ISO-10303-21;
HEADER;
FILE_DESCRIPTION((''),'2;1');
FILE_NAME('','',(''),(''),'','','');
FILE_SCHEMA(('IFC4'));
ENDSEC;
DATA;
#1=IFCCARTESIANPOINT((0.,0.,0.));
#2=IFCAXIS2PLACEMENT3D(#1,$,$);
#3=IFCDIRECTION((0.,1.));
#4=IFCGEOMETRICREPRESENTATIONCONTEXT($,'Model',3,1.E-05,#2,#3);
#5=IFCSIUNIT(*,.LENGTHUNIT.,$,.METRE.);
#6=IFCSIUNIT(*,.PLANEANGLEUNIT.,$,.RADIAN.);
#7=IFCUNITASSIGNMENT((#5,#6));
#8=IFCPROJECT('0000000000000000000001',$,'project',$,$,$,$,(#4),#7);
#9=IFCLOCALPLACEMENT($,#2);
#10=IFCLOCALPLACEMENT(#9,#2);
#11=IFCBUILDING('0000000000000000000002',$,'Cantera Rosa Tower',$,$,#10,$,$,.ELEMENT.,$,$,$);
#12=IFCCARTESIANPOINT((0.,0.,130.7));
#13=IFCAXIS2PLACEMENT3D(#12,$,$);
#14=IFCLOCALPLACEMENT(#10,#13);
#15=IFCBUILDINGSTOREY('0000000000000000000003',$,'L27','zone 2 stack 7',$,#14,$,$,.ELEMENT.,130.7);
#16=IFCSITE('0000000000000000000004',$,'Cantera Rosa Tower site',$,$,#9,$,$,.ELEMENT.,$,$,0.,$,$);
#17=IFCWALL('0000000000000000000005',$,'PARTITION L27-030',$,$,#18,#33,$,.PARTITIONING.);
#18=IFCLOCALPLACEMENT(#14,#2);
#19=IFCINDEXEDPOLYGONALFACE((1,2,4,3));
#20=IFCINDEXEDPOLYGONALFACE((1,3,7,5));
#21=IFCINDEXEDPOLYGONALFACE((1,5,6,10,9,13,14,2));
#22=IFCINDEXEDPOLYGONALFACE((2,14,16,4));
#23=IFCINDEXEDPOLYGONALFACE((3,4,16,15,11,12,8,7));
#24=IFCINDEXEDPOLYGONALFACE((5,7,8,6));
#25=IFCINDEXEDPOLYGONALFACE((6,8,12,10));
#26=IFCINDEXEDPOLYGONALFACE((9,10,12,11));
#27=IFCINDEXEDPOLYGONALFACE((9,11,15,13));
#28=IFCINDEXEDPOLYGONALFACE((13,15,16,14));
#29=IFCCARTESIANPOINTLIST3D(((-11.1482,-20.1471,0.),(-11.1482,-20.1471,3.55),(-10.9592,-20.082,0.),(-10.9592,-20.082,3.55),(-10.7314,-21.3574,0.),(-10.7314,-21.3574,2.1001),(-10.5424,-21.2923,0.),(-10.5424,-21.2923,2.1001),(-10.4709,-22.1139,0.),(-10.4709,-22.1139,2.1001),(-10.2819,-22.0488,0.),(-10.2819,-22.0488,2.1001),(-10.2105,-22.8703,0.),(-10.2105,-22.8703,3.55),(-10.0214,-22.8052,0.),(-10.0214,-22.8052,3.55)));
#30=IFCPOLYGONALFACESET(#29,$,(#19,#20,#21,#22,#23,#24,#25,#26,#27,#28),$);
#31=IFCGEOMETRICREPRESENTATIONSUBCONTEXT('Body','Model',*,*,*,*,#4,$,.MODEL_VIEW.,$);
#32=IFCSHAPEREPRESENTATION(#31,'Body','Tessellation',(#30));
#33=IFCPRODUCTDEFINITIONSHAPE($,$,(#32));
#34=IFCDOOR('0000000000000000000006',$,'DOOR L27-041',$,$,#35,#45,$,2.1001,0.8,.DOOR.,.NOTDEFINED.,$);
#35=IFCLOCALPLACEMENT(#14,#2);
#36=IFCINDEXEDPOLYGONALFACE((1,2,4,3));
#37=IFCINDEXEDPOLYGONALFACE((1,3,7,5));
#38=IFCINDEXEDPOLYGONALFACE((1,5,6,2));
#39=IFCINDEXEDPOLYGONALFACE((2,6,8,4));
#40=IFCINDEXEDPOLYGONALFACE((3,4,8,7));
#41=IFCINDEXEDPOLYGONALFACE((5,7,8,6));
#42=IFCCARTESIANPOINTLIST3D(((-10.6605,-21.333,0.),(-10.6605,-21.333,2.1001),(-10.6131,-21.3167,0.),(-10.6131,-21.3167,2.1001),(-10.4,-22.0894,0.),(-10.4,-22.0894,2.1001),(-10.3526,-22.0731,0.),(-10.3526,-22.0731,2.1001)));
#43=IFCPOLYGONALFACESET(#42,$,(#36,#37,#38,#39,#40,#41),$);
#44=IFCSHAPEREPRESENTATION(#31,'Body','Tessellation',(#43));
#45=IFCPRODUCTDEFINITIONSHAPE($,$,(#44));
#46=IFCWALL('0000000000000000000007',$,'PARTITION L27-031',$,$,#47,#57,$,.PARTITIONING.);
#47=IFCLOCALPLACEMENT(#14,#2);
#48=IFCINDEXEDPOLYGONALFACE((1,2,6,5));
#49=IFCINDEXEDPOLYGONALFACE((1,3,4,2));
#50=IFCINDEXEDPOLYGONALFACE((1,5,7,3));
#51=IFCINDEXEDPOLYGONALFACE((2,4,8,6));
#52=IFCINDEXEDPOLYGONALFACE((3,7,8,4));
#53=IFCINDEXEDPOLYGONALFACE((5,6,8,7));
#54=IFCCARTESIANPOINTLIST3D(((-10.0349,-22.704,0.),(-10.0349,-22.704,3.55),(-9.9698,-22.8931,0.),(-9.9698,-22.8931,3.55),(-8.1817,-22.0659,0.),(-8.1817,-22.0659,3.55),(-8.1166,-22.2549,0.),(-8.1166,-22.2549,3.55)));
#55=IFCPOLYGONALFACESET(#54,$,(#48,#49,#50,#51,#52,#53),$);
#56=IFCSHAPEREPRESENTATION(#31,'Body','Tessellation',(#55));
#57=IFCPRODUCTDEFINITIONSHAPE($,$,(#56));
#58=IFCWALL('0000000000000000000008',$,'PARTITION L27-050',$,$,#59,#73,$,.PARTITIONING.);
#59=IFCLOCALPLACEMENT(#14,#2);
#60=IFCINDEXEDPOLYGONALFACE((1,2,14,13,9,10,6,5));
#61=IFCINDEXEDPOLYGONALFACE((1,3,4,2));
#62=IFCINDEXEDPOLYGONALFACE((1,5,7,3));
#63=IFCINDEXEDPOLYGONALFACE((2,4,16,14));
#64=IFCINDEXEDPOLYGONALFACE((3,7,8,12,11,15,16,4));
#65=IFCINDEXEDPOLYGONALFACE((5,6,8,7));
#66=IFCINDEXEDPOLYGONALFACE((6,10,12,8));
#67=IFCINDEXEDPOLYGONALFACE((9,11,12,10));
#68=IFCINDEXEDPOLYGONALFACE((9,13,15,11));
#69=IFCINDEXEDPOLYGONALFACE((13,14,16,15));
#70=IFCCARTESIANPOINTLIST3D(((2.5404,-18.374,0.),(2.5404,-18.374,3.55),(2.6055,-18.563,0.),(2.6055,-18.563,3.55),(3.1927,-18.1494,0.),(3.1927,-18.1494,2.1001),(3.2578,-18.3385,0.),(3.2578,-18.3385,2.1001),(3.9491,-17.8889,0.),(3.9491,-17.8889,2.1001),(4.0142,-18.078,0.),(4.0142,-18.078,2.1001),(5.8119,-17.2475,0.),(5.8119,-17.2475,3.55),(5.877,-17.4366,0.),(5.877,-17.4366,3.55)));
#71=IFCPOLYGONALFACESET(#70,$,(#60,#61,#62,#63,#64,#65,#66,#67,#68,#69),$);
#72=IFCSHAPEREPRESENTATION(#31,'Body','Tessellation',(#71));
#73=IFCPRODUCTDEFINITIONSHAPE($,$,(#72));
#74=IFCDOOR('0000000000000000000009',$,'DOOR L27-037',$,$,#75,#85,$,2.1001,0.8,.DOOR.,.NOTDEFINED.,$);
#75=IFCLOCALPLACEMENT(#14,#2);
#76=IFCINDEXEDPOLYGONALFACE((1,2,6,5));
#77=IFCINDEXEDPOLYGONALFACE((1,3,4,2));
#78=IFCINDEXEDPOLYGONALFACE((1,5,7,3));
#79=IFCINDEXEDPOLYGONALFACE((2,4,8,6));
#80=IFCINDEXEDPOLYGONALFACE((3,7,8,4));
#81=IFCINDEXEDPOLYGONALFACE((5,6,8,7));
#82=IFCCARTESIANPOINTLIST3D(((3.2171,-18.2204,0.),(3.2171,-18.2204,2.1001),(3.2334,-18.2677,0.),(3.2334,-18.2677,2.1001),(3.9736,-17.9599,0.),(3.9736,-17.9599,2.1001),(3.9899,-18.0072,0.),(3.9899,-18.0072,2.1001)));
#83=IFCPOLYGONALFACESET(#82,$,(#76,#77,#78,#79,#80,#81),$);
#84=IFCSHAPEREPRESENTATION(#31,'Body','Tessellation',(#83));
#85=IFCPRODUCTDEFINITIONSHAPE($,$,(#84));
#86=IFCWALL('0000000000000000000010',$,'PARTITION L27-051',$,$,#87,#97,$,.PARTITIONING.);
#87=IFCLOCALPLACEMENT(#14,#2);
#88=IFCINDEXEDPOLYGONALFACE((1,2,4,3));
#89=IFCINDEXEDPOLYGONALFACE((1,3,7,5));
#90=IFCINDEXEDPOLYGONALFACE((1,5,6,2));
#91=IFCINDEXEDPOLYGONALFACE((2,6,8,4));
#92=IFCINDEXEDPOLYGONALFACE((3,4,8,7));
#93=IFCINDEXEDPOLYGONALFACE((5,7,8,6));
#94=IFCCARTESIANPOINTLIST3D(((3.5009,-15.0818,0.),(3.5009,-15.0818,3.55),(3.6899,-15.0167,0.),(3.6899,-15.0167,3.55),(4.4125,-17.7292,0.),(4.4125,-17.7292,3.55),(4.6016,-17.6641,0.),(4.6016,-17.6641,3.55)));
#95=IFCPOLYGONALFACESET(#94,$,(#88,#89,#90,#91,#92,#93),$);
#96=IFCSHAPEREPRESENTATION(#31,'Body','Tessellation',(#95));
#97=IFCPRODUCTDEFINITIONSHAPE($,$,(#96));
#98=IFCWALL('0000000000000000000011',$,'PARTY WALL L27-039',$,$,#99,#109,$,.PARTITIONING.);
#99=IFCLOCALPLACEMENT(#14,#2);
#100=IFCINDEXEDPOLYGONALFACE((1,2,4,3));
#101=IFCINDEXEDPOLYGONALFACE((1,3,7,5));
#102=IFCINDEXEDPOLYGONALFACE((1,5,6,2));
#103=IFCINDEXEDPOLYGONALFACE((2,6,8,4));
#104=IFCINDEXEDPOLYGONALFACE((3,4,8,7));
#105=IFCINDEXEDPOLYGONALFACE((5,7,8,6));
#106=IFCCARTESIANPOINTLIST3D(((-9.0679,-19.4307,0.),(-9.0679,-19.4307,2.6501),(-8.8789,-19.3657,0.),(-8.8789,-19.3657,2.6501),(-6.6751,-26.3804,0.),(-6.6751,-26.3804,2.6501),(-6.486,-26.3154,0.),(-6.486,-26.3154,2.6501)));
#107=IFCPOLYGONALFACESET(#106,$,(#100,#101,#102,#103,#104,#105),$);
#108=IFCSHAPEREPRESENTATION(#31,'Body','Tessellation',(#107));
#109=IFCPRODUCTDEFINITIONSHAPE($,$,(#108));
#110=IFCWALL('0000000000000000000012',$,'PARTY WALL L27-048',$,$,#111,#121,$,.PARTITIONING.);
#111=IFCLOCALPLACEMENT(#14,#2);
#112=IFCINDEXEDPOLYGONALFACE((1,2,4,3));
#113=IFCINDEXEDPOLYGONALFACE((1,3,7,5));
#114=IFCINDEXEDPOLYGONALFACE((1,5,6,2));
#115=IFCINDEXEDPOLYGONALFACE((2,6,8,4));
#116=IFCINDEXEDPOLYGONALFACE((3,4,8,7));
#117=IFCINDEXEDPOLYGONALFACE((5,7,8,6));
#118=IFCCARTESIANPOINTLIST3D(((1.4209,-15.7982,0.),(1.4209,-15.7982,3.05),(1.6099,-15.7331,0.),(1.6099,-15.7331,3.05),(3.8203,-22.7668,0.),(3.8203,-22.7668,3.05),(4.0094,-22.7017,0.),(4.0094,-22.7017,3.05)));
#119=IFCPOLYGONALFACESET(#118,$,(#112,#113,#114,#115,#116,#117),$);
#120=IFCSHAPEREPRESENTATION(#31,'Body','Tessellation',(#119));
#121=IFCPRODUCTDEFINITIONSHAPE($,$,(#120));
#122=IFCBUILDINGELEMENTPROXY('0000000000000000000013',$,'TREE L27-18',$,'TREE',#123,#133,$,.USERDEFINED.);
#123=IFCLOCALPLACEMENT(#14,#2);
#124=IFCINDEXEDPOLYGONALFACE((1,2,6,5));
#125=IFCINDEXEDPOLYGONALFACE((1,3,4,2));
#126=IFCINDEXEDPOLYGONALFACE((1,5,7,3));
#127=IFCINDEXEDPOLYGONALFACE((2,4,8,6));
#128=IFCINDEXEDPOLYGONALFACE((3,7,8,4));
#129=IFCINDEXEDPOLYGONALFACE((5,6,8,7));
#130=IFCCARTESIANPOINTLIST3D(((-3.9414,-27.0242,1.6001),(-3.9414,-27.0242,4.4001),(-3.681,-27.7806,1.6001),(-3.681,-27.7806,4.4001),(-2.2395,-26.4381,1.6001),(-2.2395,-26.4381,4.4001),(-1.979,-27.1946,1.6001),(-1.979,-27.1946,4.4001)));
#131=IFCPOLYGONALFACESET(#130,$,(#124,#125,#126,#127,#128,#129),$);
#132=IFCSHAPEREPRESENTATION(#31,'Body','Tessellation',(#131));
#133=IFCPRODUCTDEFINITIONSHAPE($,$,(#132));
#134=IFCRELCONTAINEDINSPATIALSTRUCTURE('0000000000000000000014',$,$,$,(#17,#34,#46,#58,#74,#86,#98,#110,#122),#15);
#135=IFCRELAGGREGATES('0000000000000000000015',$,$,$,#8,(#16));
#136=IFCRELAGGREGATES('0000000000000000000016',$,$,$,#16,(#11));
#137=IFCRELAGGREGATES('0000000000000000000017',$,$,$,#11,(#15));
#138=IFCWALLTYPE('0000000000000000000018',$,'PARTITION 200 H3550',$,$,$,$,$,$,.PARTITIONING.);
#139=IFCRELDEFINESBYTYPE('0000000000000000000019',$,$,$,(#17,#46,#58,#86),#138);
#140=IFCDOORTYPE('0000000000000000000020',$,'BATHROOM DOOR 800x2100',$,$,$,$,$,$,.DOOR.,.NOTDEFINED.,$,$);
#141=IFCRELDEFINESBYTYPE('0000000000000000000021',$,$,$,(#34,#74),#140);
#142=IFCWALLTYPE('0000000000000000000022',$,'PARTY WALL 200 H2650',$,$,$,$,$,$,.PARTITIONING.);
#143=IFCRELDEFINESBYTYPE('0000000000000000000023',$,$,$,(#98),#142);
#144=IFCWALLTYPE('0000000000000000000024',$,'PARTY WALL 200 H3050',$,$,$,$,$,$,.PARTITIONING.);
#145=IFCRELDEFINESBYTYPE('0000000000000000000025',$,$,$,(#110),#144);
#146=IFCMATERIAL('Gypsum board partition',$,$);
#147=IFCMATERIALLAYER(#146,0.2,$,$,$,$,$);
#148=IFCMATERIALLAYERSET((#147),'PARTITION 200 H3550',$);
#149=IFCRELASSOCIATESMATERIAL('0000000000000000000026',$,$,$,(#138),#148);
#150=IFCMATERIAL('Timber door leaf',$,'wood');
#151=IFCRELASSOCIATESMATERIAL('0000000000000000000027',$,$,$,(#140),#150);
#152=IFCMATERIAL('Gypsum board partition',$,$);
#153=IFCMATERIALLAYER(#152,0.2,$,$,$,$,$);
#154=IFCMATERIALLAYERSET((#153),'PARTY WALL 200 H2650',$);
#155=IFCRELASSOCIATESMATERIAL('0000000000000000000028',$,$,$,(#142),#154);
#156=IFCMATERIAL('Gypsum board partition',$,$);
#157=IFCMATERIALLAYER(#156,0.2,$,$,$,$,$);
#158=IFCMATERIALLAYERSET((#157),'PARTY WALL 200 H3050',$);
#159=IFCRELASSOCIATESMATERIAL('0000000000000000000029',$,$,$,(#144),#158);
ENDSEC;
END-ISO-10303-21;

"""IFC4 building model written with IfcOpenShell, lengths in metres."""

from ifc_helpers import new_model, si_unit, direction, frame, frame_2d, origin, origin_2d, place, context, subcontext, project, spatial, rectangle, extrude, material, layer, layer_set, type_object, element, fill, save


model = new_model("IFC4")

# Units and contexts
model_context = context("Model", 3, precision=1e-05, world=origin(), true_north=direction((0.0, 1.0)))
body_context = subcontext(model_context, "Body", "Model", "MODEL_VIEW")
ifc_project = project(units=[si_unit("LENGTHUNIT", "METRE"), si_unit("PLANEANGLEUNIT", "RADIAN")], contexts=[model_context])

# Site, building, storey
site_placement = place(None, origin())
site = spatial("IfcSite", under=ifc_project, at=site_placement, Name="Cantera Rosa Tower site", CompositionType="ELEMENT", RefElevation=0.0)
building_placement = place(site_placement, origin())
building = spatial("IfcBuilding", under=site, at=building_placement, Name="Cantera Rosa Tower", CompositionType="ELEMENT")
storey_placement = place(building_placement, frame((0.0, 0.0, 130.7)))
storey = spatial("IfcBuildingStorey", under=building, at=storey_placement, Name="L27", Description="zone 2 stack 7", CompositionType="ELEMENT", Elevation=130.7)

# Shared definitions
ifc_material_1 = material(Name="Gypsum board partition")
ifc_layer_1 = layer(ifc_material_1, 0.2)
ifc_layer_set_1 = layer_set([ifc_layer_1], Name="PARTITION 200 H3550")
wall_type_1 = type_object("IfcWallType", Name="PARTITION 200 H3550", PredefinedType="PARTITIONING", material=ifc_layer_set_1)

# Wall, opening, door
wall_1_placement = place(storey_placement, frame((-10.116, -22.8376, 0.0), z_axis=(0.0, 0.0, 1.0), x_axis=(-0.325596, 0.945509, 0.0)))
wall_1 = element("IfcWall", 1, at=wall_1_placement, inside=storey, type_object=wall_type_1, Name="PARTITION L27-030", PredefinedType="PARTITIONING", context=body_context, shape_type="SweptSolid", body=[
    extrude(rectangle(XDim=2.8801, YDim=0.2, at=frame_2d((1.4399, 0.0))), origin(), (0.0, 0.0, 1.0), 3.55),
])
opening_1_placement = place(wall_1_placement, frame((0.8, 0.0, 0.0)))
opening_1 = element("IfcOpeningElement", 2, at=opening_1_placement, cuts=wall_1, PredefinedType="OPENING", context=body_context, shape_type="SweptSolid", body=[
    extrude(rectangle(XDim=0.8, YDim=2.1001, at=frame_2d((0.3999, 1.05))), frame((0.0, 0.1099, 0.0), z_axis=(0.0, -1.0, 0.0), x_axis=(1.0, 0.0, 0.0)), (0.0, 0.0, 1.0), 0.22),
])
ifc_material_2 = material(Name="Timber door leaf", Category="wood")
door_type_1 = type_object("IfcDoorType", Name="BATHROOM DOOR 800x2100", OperationType="NOTDEFINED", PredefinedType="DOOR", material=ifc_material_2)
door_1_placement = place(opening_1_placement, origin())
door_1 = element("IfcDoor", 3, at=door_1_placement, inside=storey, type_object=door_type_1, Name="DOOR L27-041", OperationType="NOTDEFINED", OverallHeight=2.1001, OverallWidth=0.8, PredefinedType="DOOR", context=body_context, shape_type="SweptSolid", body=[
    extrude(rectangle(XDim=0.8, YDim=2.1001, at=frame_2d((0.3999, 1.05))), frame((0.0, 0.0249, 0.0), z_axis=(0.0, -1.0, 0.0), x_axis=(1.0, 0.0, 0.0)), (0.0, 0.0, 1.0), 0.05),
])
fill(opening_1, door_1)

# Wall
wall_2_placement = place(storey_placement, frame((-8.1492, -22.1604, 0.0), z_axis=(0.0, 0.0, 1.0), x_axis=(-0.945511, -0.325591, 0.0)))
element("IfcWall", 4, at=wall_2_placement, inside=storey, type_object=wall_type_1, Name="PARTITION L27-031", PredefinedType="PARTITIONING", context=body_context, shape_type="SweptSolid", body=[
    extrude(rectangle(XDim=1.96, YDim=0.2, at=frame_2d((0.98, 0.0))), origin(), (0.0, 0.0, 1.0), 3.55),
])

# Wall, opening, door
wall_3_placement = place(storey_placement, frame((2.573, -18.4685, 0.0), z_axis=(0.0, 0.0, 1.0), x_axis=(0.945518, 0.325569, 0.0)))
wall_3 = element("IfcWall", 5, at=wall_3_placement, inside=storey, type_object=wall_type_1, Name="PARTITION L27-050", PredefinedType="PARTITIONING", context=body_context, shape_type="SweptSolid", body=[
    extrude(rectangle(XDim=3.46, YDim=0.2, at=frame_2d((1.73, 0.0))), origin(), (0.0, 0.0, 1.0), 3.55),
])
opening_2_placement = place(wall_3_placement, frame((0.6899, 0.0, 0.0)))
opening_2 = element("IfcOpeningElement", 6, at=opening_2_placement, cuts=wall_3, PredefinedType="OPENING", context=body_context, shape_type="SweptSolid", body=[
    extrude(rectangle(XDim=0.8, YDim=2.1001, at=frame_2d((0.3999, 1.05))), frame((0.0, 0.1099, 0.0), z_axis=(0.0, -1.0, 0.0), x_axis=(1.0, 0.0, 0.0)), (0.0, 0.0, 1.0), 0.22),
])
door_2_placement = place(opening_2_placement, origin())
door_2 = element("IfcDoor", 7, at=door_2_placement, inside=storey, type_object=door_type_1, Name="DOOR L27-037", OperationType="NOTDEFINED", OverallHeight=2.1001, OverallWidth=0.8, PredefinedType="DOOR", context=body_context, shape_type="SweptSolid", body=[
    extrude(rectangle(XDim=0.8, YDim=2.1001, at=frame_2d((0.3999, 1.05))), frame((0.0, 0.0249, 0.0), z_axis=(0.0, -1.0, 0.0), x_axis=(1.0, 0.0, 0.0)), (0.0, 0.0, 1.0), 0.05),
])
fill(opening_2, door_2)

# Walls
wall_4_placement = place(storey_placement, frame((3.5955, -15.0493, 0.0), z_axis=(0.0, 0.0, 1.0), x_axis=(0.325577, -0.945516, 0.0)))
element("IfcWall", 8, at=wall_4_placement, inside=storey, type_object=wall_type_1, Name="PARTITION L27-051", PredefinedType="PARTITIONING", context=body_context, shape_type="SweptSolid", body=[
    extrude(rectangle(XDim=2.8, YDim=0.2, at=frame_2d((1.3999, 0.0))), origin(), (0.0, 0.0, 1.0), 3.55),
])
ifc_material_3 = material(Name="Gypsum board partition")
ifc_layer_2 = layer(ifc_material_3, 0.2)
ifc_layer_set_2 = layer_set([ifc_layer_2], Name="PARTY WALL 200 H2650")
wall_type_2 = type_object("IfcWallType", Name="PARTY WALL 200 H2650", PredefinedType="PARTITIONING", material=ifc_layer_set_2)
wall_5_placement = place(storey_placement, frame((-6.5806, -26.3479, 0.0), z_axis=(0.0, 0.0, 1.0), x_axis=(-0.325549, 0.945525, 0.0)))
element("IfcWall", 9, at=wall_5_placement, inside=storey, type_object=wall_type_2, Name="PARTY WALL L27-039", PredefinedType="PARTITIONING", context=body_context, shape_type="SweptSolid", body=[
    extrude(rectangle(XDim=7.3501, YDim=0.2, at=frame_2d((3.675, 0.0))), origin(), (0.0, 0.0, 1.0), 2.6501),
])
ifc_material_4 = material(Name="Gypsum board partition")
ifc_layer_3 = layer(ifc_material_4, 0.2)
ifc_layer_set_3 = layer_set([ifc_layer_3], Name="PARTY WALL 200 H3050")
wall_type_3 = type_object("IfcWallType", Name="PARTY WALL 200 H3050", PredefinedType="PARTITIONING", material=ifc_layer_set_3)
wall_6_placement = place(storey_placement, frame((1.5154, -15.7656, 0.0), z_axis=(0.0, 0.0, 1.0), x_axis=(0.325564, -0.94552, 0.0)))
element("IfcWall", 10, at=wall_6_placement, inside=storey, type_object=wall_type_3, Name="PARTY WALL L27-048", PredefinedType="PARTITIONING", context=body_context, shape_type="SweptSolid", body=[
    extrude(rectangle(XDim=7.3701, YDim=0.2, at=frame_2d((3.6851, 0.0))), origin(), (0.0, 0.0, 1.0), 3.05),
])

# Building element proxy
proxy_placement = place(storey_placement, frame((-2.9602, -27.1094, 1.6001), z_axis=(0.0, 0.0, 1.0), x_axis=(0.945519, 0.325568, 0.0)))
element("IfcBuildingElementProxy", 11, at=proxy_placement, inside=storey, Name="TREE L27-18", ObjectType="TREE", PredefinedType="USERDEFINED", context=body_context, shape_type="SweptSolid", body=[
    extrude(rectangle(XDim=1.8, YDim=0.8, at=origin_2d()), origin(), (0.0, 0.0, 1.0), 2.8),
])

save(model, "model.ifc")
